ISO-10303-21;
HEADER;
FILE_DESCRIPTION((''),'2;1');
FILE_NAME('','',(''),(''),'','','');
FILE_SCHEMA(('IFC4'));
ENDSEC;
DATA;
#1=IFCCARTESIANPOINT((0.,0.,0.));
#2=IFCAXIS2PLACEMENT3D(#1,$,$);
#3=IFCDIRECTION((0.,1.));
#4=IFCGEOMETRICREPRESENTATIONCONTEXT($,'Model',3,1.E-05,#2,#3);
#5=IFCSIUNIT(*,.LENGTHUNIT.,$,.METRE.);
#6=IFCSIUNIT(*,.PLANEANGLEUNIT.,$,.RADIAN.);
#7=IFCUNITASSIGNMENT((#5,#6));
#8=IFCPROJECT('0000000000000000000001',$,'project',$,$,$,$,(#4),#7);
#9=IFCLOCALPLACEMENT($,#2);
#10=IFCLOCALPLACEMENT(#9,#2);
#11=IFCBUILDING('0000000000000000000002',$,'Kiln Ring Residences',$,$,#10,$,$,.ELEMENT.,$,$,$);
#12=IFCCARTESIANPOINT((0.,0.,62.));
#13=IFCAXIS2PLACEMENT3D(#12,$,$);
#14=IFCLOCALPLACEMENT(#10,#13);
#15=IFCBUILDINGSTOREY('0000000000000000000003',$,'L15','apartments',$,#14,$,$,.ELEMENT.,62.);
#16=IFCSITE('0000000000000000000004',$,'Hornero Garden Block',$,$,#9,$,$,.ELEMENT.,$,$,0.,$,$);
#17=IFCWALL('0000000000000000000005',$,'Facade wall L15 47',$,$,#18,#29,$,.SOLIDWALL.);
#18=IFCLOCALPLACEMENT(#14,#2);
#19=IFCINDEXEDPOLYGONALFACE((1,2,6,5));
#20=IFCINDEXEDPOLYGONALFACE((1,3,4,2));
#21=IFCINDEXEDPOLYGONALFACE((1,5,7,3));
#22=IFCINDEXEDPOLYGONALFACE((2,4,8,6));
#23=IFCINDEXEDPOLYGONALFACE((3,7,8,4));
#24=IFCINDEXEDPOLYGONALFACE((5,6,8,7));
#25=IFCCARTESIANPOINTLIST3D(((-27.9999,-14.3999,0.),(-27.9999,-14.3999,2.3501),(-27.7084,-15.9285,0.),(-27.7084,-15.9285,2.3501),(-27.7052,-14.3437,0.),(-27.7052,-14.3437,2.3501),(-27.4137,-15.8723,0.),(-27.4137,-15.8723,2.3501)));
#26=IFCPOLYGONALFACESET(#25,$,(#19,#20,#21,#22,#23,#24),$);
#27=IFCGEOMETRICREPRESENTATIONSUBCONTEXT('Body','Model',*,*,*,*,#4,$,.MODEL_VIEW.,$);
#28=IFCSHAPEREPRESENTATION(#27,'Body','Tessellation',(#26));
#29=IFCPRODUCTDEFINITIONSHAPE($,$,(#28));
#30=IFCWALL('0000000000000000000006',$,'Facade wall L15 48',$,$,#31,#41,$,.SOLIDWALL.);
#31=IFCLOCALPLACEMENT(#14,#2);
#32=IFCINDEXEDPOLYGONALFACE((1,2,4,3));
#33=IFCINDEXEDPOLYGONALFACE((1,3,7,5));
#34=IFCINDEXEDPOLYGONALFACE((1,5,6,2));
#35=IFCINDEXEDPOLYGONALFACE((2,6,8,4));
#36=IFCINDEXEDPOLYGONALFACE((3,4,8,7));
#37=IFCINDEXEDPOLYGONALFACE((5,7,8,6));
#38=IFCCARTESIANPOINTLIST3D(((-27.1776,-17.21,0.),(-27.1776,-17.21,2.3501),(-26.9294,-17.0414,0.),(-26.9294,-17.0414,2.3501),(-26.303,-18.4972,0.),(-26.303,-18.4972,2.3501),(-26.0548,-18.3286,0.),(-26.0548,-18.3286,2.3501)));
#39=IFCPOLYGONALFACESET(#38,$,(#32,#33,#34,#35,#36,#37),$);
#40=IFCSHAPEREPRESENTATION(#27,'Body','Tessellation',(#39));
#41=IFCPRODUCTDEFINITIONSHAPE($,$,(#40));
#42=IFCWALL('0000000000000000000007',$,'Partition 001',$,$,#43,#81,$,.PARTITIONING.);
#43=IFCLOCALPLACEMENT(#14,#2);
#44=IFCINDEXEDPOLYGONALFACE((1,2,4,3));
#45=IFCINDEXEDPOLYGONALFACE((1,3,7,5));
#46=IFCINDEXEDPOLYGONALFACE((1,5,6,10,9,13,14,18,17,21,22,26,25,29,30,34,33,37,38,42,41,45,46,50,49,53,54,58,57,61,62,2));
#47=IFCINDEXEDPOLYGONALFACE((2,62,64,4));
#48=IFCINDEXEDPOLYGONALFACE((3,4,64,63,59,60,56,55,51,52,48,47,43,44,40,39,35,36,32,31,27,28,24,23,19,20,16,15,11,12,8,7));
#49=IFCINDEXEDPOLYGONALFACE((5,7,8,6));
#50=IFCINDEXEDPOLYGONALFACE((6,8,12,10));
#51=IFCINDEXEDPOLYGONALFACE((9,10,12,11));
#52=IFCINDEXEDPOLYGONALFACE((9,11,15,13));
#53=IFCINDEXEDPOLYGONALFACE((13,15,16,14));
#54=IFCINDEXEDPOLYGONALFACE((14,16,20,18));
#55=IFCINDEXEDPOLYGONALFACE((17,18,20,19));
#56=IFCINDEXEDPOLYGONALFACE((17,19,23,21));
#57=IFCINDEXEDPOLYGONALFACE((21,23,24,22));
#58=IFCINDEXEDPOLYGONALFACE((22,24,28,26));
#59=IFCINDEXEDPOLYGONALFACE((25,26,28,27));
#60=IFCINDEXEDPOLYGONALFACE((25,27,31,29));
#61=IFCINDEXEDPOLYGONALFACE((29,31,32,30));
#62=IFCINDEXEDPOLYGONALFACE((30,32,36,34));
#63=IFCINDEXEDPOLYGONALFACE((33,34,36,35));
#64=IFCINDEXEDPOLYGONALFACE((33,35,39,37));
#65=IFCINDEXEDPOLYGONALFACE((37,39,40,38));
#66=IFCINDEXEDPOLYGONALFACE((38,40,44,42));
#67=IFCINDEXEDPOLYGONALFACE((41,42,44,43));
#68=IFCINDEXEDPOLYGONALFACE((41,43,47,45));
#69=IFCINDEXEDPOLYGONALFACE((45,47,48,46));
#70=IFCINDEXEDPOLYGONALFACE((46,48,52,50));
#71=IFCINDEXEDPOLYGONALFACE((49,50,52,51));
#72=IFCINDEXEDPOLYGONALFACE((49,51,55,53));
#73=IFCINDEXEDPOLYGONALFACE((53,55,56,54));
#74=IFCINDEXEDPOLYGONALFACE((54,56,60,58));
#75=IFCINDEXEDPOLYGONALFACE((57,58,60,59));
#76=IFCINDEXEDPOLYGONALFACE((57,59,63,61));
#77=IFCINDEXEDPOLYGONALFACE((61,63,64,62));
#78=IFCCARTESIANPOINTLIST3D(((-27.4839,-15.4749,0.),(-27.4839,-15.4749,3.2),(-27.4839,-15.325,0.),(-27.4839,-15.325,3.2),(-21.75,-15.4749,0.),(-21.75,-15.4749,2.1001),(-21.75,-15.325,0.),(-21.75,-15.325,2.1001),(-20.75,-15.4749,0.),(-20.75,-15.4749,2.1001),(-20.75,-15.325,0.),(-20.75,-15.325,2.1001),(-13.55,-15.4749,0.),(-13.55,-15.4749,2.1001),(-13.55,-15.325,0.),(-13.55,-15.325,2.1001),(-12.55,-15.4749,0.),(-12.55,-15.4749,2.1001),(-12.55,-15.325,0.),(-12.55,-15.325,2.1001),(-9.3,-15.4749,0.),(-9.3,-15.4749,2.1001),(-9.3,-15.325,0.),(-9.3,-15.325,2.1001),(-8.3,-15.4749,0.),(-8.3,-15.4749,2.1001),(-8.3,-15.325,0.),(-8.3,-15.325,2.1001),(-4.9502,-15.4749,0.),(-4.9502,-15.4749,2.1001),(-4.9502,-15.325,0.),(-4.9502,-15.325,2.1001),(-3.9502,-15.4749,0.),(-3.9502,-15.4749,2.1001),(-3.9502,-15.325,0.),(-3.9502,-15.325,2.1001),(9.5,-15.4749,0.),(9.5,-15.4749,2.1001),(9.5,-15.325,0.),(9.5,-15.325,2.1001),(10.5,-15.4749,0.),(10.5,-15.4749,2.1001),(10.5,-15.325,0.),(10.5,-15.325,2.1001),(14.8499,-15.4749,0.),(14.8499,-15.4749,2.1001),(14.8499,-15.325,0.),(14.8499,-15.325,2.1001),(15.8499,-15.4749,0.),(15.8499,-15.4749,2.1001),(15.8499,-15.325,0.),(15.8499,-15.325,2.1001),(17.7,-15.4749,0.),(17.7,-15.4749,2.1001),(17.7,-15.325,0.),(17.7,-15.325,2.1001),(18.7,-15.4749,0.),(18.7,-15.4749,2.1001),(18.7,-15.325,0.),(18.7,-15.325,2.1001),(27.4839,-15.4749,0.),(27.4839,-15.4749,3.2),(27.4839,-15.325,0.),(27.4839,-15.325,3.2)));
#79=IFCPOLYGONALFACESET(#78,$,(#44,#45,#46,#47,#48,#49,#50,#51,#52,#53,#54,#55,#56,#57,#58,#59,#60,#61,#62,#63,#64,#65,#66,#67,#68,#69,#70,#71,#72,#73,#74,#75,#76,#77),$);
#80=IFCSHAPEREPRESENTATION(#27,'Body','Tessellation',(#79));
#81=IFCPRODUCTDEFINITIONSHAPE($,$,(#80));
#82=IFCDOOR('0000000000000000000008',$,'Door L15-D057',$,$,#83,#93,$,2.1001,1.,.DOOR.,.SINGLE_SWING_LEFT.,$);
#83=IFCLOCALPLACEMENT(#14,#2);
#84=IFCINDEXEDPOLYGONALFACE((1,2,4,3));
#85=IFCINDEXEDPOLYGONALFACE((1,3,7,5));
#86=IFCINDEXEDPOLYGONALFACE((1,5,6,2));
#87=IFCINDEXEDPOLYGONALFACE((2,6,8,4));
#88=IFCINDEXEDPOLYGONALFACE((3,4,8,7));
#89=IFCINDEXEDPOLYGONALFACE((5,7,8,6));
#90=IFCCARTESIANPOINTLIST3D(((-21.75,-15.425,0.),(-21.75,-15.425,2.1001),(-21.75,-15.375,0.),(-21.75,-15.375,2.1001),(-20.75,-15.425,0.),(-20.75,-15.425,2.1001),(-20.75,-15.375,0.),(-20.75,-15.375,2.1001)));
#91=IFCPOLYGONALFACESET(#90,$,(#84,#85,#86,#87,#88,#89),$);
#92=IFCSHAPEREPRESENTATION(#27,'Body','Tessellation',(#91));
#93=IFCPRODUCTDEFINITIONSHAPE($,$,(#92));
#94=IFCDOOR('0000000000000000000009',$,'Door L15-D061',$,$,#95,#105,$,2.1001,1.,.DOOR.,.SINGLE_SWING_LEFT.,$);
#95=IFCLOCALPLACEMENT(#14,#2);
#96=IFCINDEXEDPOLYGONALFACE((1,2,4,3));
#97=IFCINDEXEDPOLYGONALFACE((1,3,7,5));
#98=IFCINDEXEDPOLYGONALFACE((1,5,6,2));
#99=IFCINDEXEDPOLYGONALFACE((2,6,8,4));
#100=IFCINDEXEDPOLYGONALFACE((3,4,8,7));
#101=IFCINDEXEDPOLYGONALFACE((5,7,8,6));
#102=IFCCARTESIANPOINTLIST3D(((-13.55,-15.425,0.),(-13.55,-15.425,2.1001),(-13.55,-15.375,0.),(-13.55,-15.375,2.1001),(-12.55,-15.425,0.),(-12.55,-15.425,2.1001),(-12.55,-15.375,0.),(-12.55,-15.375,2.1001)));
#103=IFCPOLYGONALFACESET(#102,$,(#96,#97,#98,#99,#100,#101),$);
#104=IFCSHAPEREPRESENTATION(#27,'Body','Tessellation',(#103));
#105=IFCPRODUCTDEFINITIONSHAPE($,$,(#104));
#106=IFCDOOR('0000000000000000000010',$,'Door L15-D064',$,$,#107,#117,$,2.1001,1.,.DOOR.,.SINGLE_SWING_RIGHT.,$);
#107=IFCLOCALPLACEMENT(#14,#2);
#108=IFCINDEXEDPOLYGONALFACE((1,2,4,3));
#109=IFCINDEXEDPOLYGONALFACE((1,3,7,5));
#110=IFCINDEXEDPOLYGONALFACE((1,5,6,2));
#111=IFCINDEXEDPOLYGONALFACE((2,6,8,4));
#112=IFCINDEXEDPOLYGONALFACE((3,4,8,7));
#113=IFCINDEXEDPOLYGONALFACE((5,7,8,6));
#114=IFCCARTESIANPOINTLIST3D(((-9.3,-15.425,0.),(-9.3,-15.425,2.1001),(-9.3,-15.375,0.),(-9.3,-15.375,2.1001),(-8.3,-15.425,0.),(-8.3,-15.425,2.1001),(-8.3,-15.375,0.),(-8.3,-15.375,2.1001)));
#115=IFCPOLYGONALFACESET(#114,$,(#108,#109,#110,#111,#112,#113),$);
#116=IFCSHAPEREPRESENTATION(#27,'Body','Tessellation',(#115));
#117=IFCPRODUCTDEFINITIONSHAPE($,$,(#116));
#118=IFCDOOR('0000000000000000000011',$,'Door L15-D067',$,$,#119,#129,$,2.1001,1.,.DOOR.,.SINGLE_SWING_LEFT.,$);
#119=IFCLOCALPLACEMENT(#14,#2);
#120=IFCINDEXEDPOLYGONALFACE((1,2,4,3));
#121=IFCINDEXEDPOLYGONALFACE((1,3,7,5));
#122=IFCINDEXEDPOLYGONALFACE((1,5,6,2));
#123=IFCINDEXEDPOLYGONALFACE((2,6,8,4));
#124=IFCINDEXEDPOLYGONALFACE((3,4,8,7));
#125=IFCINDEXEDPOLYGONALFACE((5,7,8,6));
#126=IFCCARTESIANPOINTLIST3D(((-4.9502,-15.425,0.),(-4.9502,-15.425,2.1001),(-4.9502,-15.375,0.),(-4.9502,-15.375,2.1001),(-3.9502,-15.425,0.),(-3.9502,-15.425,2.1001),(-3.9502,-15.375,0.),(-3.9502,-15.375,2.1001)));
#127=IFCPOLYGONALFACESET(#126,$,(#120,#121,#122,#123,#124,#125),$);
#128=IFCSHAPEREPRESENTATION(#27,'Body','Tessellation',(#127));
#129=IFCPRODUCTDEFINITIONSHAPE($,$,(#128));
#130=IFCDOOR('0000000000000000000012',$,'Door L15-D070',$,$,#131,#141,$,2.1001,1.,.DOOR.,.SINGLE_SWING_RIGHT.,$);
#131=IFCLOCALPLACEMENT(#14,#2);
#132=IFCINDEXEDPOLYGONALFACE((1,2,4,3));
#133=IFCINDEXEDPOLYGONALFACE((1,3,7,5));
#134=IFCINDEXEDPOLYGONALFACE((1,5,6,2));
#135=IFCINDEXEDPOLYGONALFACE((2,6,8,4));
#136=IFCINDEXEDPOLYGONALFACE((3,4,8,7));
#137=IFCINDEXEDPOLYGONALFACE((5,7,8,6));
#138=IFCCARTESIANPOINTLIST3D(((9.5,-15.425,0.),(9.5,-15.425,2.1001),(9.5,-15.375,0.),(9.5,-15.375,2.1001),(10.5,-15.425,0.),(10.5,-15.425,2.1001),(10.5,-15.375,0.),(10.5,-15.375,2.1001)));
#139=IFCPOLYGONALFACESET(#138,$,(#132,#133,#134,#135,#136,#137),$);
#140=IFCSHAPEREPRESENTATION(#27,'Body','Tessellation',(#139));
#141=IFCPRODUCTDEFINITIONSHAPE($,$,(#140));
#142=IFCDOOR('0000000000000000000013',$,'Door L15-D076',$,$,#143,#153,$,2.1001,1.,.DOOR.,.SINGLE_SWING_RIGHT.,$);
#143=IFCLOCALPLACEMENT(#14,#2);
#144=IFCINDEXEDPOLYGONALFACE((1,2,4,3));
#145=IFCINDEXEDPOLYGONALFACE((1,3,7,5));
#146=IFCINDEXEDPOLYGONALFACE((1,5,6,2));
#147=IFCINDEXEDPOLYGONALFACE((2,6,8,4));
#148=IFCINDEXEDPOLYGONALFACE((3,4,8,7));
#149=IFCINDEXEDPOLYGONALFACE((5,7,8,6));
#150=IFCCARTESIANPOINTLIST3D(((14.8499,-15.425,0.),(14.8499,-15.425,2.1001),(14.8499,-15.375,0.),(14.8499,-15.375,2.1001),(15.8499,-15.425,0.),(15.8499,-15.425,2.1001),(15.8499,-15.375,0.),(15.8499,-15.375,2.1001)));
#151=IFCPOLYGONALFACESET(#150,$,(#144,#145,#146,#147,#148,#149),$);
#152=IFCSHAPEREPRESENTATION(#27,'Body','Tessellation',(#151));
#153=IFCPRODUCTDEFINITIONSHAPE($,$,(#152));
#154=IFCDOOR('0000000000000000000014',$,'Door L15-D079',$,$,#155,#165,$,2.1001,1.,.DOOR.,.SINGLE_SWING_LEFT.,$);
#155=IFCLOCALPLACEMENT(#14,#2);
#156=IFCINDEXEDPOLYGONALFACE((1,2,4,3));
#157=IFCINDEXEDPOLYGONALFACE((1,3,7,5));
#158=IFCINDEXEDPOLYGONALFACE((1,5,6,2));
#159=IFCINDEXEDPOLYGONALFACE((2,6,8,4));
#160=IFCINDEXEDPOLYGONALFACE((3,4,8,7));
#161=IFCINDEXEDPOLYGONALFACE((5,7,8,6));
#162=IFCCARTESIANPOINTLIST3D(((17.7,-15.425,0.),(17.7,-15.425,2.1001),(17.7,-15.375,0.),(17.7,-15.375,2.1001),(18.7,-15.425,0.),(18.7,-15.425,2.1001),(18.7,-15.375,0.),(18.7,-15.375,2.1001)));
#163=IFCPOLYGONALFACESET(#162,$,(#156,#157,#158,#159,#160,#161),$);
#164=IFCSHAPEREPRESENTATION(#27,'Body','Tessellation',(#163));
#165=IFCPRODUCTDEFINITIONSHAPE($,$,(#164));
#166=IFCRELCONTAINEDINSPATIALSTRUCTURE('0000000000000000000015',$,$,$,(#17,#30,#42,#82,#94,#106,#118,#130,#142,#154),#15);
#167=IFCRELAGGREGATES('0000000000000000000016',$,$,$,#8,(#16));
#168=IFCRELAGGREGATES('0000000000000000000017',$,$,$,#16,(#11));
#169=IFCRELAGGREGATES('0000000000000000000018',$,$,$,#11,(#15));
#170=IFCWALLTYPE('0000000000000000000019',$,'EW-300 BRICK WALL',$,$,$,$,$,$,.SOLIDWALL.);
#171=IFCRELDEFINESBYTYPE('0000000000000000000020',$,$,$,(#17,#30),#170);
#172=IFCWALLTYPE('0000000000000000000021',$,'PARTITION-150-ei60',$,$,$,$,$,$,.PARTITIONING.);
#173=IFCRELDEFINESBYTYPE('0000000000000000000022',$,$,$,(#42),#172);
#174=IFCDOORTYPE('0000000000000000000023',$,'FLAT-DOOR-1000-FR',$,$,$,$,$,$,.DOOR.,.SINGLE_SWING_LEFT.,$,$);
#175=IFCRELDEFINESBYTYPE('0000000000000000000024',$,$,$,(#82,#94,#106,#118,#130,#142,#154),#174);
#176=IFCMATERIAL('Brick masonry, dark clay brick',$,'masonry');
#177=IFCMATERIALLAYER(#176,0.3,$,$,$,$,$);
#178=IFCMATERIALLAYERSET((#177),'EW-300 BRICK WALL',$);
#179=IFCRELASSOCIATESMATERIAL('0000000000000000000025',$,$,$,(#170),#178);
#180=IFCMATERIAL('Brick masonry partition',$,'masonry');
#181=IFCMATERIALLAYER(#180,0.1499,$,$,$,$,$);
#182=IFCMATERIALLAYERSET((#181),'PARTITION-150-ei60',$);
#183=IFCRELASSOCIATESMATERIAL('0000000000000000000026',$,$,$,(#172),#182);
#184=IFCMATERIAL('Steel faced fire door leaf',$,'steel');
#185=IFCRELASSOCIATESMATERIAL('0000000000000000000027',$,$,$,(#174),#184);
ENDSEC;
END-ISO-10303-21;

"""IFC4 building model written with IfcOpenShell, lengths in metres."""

from ifc_helpers import new_model, si_unit, direction, frame, frame_2d, origin, place, context, subcontext, project, spatial, rectangle, extrude, material, layer, layer_set, type_object, element, fill, save


model = new_model("IFC4")

# Units and contexts
model_context = context("Model", 3, precision=1e-05, world=origin(), true_north=direction((0.0, 1.0)))
body_context = subcontext(model_context, "Body", "Model", "MODEL_VIEW")
ifc_project = project(units=[si_unit("LENGTHUNIT", "METRE"), si_unit("PLANEANGLEUNIT", "RADIAN")], contexts=[model_context])

# Site, building, storey
site_placement = place(None, origin())
site = spatial("IfcSite", under=ifc_project, at=site_placement, Name="Hornero Garden Block", CompositionType="ELEMENT", RefElevation=0.0)
building_placement = place(site_placement, origin())
building = spatial("IfcBuilding", under=site, at=building_placement, Name="Kiln Ring Residences", CompositionType="ELEMENT")
storey_placement = place(building_placement, frame((0.0, 0.0, 62.0)))
storey = spatial("IfcBuildingStorey", under=building, at=storey_placement, Name="L15", Description="apartments", CompositionType="ELEMENT", Elevation=62.0)

# Walls
ifc_material_1 = material(Name="Brick masonry, dark clay brick", Category="masonry")
ifc_layer_1 = layer(ifc_material_1, 0.3)
ifc_layer_set_1 = layer_set([ifc_layer_1], Name="EW-300 BRICK WALL")
wall_type_1 = type_object("IfcWallType", Name="EW-300 BRICK WALL", PredefinedType="SOLIDWALL", material=ifc_layer_set_1)
for number, where, z_axis, x_axis, name in (
    (1, (-27.8525, -14.3718, 0.0), (0.0, 0.0, 1.0), (0.187328, -0.982297, 0.0), "Facade wall L15 47"),
    (2, (-27.0535, -17.1257, 0.0), (0.0, 0.0, 1.0), (0.561992, -0.827142, 0.0), "Facade wall L15 48"),
):
    element("IfcWall", number, at=place(storey_placement, frame(where, z_axis=z_axis, x_axis=x_axis)), inside=storey, type_object=wall_type_1, Name=name, PredefinedType="SOLIDWALL", context=body_context, shape_type="SweptSolid", body=[
        extrude(rectangle(XDim=1.5562, YDim=0.3, at=frame_2d((0.7781, 0.0))), origin(), (0.0, 0.0, 1.0), 2.3501),
    ])

# Wall, openings, doors
ifc_material_2 = material(Name="Brick masonry partition", Category="masonry")
ifc_layer_2 = layer(ifc_material_2, 0.1499)
ifc_layer_set_2 = layer_set([ifc_layer_2], Name="PARTITION-150-ei60")
wall_type_2 = type_object("IfcWallType", Name="PARTITION-150-ei60", PredefinedType="PARTITIONING", material=ifc_layer_set_2)
wall_1_placement = place(storey_placement, frame((-27.4839, -15.3999, 0.0), z_axis=(0.0, 0.0, 1.0), x_axis=(1.0, 0.0, 0.0)))
wall_1 = element("IfcWall", 3, at=wall_1_placement, inside=storey, type_object=wall_type_2, Name="Partition 001", PredefinedType="PARTITIONING", context=body_context, shape_type="SweptSolid", body=[
    extrude(rectangle(XDim=54.9678, YDim=0.1499, at=frame_2d((27.4839, 0.0))), origin(), (0.0, 0.0, 1.0), 3.2),
])
opening_1_placement = place(wall_1_placement, frame((5.7339, 0.0, 0.0)))
opening_1 = element("IfcOpeningElement", 4, at=opening_1_placement, cuts=wall_1, PredefinedType="OPENING", context=body_context, shape_type="SweptSolid", body=[
    extrude(rectangle(XDim=1.0, YDim=2.1001, at=frame_2d((0.5, 1.05))), frame((0.0, 0.085, 0.0), z_axis=(0.0, -1.0, 0.0), x_axis=(1.0, 0.0, 0.0)), (0.0, 0.0, 1.0), 0.1699),
])
opening_2_placement = place(wall_1_placement, frame((13.9338, 0.0, 0.0)))
opening_2 = element("IfcOpeningElement", 5, at=opening_2_placement, cuts=wall_1, PredefinedType="OPENING", context=body_context, shape_type="SweptSolid", body=[
    extrude(rectangle(XDim=1.0, YDim=2.1001, at=frame_2d((0.5, 1.05))), frame((0.0, 0.085, 0.0), z_axis=(0.0, -1.0, 0.0), x_axis=(1.0, 0.0, 0.0)), (0.0, 0.0, 1.0), 0.1699),
])
opening_3_placement = place(wall_1_placement, frame((18.1838, 0.0, 0.0)))
opening_3 = element("IfcOpeningElement", 6, at=opening_3_placement, cuts=wall_1, PredefinedType="OPENING", context=body_context, shape_type="SweptSolid", body=[
    extrude(rectangle(XDim=1.0, YDim=2.1001, at=frame_2d((0.5, 1.05))), frame((0.0, 0.085, 0.0), z_axis=(0.0, -1.0, 0.0), x_axis=(1.0, 0.0, 0.0)), (0.0, 0.0, 1.0), 0.1699),
])
opening_4_placement = place(wall_1_placement, frame((22.5337, 0.0, 0.0)))
opening_4 = element("IfcOpeningElement", 7, at=opening_4_placement, cuts=wall_1, PredefinedType="OPENING", context=body_context, shape_type="SweptSolid", body=[
    extrude(rectangle(XDim=1.0, YDim=2.1001, at=frame_2d((0.5, 1.05))), frame((0.0, 0.085, 0.0), z_axis=(0.0, -1.0, 0.0), x_axis=(1.0, 0.0, 0.0)), (0.0, 0.0, 1.0), 0.1699),
])
opening_5_placement = place(wall_1_placement, frame((36.9839, 0.0, 0.0)))
opening_5 = element("IfcOpeningElement", 8, at=opening_5_placement, cuts=wall_1, PredefinedType="OPENING", context=body_context, shape_type="SweptSolid", body=[
    extrude(rectangle(XDim=1.0, YDim=2.1001, at=frame_2d((0.5, 1.05))), frame((0.0, 0.085, 0.0), z_axis=(0.0, -1.0, 0.0), x_axis=(1.0, 0.0, 0.0)), (0.0, 0.0, 1.0), 0.1699),
])
opening_6_placement = place(wall_1_placement, frame((42.3337, 0.0, 0.0)))
opening_6 = element("IfcOpeningElement", 9, at=opening_6_placement, cuts=wall_1, PredefinedType="OPENING", context=body_context, shape_type="SweptSolid", body=[
    extrude(rectangle(XDim=1.0, YDim=2.1001, at=frame_2d((0.5, 1.05))), frame((0.0, 0.085, 0.0), z_axis=(0.0, -1.0, 0.0), x_axis=(1.0, 0.0, 0.0)), (0.0, 0.0, 1.0), 0.1699),
])
opening_7_placement = place(wall_1_placement, frame((45.1838, 0.0, 0.0)))
opening_7 = element("IfcOpeningElement", 10, at=opening_7_placement, cuts=wall_1, PredefinedType="OPENING", context=body_context, shape_type="SweptSolid", body=[
    extrude(rectangle(XDim=1.0, YDim=2.1001, at=frame_2d((0.5, 1.05))), frame((0.0, 0.085, 0.0), z_axis=(0.0, -1.0, 0.0), x_axis=(1.0, 0.0, 0.0)), (0.0, 0.0, 1.0), 0.1699),
])
ifc_material_3 = material(Name="Steel faced fire door leaf", Category="steel")
door_type_1 = type_object("IfcDoorType", Name="FLAT-DOOR-1000-FR", OperationType="SINGLE_SWING_LEFT", PredefinedType="DOOR", material=ifc_material_3)
door_1_placement = place(opening_1_placement, origin())
door_1 = element("IfcDoor", 11, at=door_1_placement, inside=storey, type_object=door_type_1, Name="Door L15-D057", OperationType="SINGLE_SWING_LEFT", OverallHeight=2.1001, OverallWidth=1.0, PredefinedType="DOOR", context=body_context, shape_type="SweptSolid", body=[
    extrude(rectangle(XDim=1.0, YDim=2.1001, at=frame_2d((0.5, 1.05))), frame((0.0, 0.0249, 0.0), z_axis=(0.0, -1.0, 0.0), x_axis=(1.0, 0.0, 0.0)), (0.0, 0.0, 1.0), 0.05),
])
fill(opening_1, door_1)
door_2_placement = place(opening_2_placement, origin())
door_2 = element("IfcDoor", 12, at=door_2_placement, inside=storey, type_object=door_type_1, Name="Door L15-D061", OperationType="SINGLE_SWING_LEFT", OverallHeight=2.1001, OverallWidth=1.0, PredefinedType="DOOR", context=body_context, shape_type="SweptSolid", body=[
    extrude(rectangle(XDim=1.0, YDim=2.1001, at=frame_2d((0.5, 1.05))), frame((0.0, 0.0249, 0.0), z_axis=(0.0, -1.0, 0.0), x_axis=(1.0, 0.0, 0.0)), (0.0, 0.0, 1.0), 0.05),
])
fill(opening_2, door_2)
door_3_placement = place(opening_3_placement, origin())
door_3 = element("IfcDoor", 13, at=door_3_placement, inside=storey, type_object=door_type_1, Name="Door L15-D064", OperationType="SINGLE_SWING_RIGHT", OverallHeight=2.1001, OverallWidth=1.0, PredefinedType="DOOR", context=body_context, shape_type="SweptSolid", body=[
    extrude(rectangle(XDim=1.0, YDim=2.1001, at=frame_2d((0.5, 1.05))), frame((0.0, 0.0249, 0.0), z_axis=(0.0, -1.0, 0.0), x_axis=(1.0, 0.0, 0.0)), (0.0, 0.0, 1.0), 0.05),
])
fill(opening_3, door_3)
door_4_placement = place(opening_4_placement, origin())
door_4 = element("IfcDoor", 14, at=door_4_placement, inside=storey, type_object=door_type_1, Name="Door L15-D067", OperationType="SINGLE_SWING_LEFT", OverallHeight=2.1001, OverallWidth=1.0, PredefinedType="DOOR", context=body_context, shape_type="SweptSolid", body=[
    extrude(rectangle(XDim=1.0, YDim=2.1001, at=frame_2d((0.5, 1.05))), frame((0.0, 0.0249, 0.0), z_axis=(0.0, -1.0, 0.0), x_axis=(1.0, 0.0, 0.0)), (0.0, 0.0, 1.0), 0.05),
])
fill(opening_4, door_4)
door_5_placement = place(opening_5_placement, origin())
door_5 = element("IfcDoor", 15, at=door_5_placement, inside=storey, type_object=door_type_1, Name="Door L15-D070", OperationType="SINGLE_SWING_RIGHT", OverallHeight=2.1001, OverallWidth=1.0, PredefinedType="DOOR", context=body_context, shape_type="SweptSolid", body=[
    extrude(rectangle(XDim=1.0, YDim=2.1001, at=frame_2d((0.5, 1.05))), frame((0.0, 0.0249, 0.0), z_axis=(0.0, -1.0, 0.0), x_axis=(1.0, 0.0, 0.0)), (0.0, 0.0, 1.0), 0.05),
])
fill(opening_5, door_5)
door_6_placement = place(opening_6_placement, origin())
door_6 = element("IfcDoor", 16, at=door_6_placement, inside=storey, type_object=door_type_1, Name="Door L15-D076", OperationType="SINGLE_SWING_RIGHT", OverallHeight=2.1001, OverallWidth=1.0, PredefinedType="DOOR", context=body_context, shape_type="SweptSolid", body=[
    extrude(rectangle(XDim=1.0, YDim=2.1001, at=frame_2d((0.5, 1.05))), frame((0.0, 0.0249, 0.0), z_axis=(0.0, -1.0, 0.0), x_axis=(1.0, 0.0, 0.0)), (0.0, 0.0, 1.0), 0.05),
])
fill(opening_6, door_6)
door_7_placement = place(opening_7_placement, origin())
door_7 = element("IfcDoor", 17, at=door_7_placement, inside=storey, type_object=door_type_1, Name="Door L15-D079", OperationType="SINGLE_SWING_LEFT", OverallHeight=2.1001, OverallWidth=1.0, PredefinedType="DOOR", context=body_context, shape_type="SweptSolid", body=[
    extrude(rectangle(XDim=1.0, YDim=2.1001, at=frame_2d((0.5, 1.05))), frame((0.0, 0.0249, 0.0), z_axis=(0.0, -1.0, 0.0), x_axis=(1.0, 0.0, 0.0)), (0.0, 0.0, 1.0), 0.05),
])
fill(opening_7, door_7)

save(model, "model.ifc")
